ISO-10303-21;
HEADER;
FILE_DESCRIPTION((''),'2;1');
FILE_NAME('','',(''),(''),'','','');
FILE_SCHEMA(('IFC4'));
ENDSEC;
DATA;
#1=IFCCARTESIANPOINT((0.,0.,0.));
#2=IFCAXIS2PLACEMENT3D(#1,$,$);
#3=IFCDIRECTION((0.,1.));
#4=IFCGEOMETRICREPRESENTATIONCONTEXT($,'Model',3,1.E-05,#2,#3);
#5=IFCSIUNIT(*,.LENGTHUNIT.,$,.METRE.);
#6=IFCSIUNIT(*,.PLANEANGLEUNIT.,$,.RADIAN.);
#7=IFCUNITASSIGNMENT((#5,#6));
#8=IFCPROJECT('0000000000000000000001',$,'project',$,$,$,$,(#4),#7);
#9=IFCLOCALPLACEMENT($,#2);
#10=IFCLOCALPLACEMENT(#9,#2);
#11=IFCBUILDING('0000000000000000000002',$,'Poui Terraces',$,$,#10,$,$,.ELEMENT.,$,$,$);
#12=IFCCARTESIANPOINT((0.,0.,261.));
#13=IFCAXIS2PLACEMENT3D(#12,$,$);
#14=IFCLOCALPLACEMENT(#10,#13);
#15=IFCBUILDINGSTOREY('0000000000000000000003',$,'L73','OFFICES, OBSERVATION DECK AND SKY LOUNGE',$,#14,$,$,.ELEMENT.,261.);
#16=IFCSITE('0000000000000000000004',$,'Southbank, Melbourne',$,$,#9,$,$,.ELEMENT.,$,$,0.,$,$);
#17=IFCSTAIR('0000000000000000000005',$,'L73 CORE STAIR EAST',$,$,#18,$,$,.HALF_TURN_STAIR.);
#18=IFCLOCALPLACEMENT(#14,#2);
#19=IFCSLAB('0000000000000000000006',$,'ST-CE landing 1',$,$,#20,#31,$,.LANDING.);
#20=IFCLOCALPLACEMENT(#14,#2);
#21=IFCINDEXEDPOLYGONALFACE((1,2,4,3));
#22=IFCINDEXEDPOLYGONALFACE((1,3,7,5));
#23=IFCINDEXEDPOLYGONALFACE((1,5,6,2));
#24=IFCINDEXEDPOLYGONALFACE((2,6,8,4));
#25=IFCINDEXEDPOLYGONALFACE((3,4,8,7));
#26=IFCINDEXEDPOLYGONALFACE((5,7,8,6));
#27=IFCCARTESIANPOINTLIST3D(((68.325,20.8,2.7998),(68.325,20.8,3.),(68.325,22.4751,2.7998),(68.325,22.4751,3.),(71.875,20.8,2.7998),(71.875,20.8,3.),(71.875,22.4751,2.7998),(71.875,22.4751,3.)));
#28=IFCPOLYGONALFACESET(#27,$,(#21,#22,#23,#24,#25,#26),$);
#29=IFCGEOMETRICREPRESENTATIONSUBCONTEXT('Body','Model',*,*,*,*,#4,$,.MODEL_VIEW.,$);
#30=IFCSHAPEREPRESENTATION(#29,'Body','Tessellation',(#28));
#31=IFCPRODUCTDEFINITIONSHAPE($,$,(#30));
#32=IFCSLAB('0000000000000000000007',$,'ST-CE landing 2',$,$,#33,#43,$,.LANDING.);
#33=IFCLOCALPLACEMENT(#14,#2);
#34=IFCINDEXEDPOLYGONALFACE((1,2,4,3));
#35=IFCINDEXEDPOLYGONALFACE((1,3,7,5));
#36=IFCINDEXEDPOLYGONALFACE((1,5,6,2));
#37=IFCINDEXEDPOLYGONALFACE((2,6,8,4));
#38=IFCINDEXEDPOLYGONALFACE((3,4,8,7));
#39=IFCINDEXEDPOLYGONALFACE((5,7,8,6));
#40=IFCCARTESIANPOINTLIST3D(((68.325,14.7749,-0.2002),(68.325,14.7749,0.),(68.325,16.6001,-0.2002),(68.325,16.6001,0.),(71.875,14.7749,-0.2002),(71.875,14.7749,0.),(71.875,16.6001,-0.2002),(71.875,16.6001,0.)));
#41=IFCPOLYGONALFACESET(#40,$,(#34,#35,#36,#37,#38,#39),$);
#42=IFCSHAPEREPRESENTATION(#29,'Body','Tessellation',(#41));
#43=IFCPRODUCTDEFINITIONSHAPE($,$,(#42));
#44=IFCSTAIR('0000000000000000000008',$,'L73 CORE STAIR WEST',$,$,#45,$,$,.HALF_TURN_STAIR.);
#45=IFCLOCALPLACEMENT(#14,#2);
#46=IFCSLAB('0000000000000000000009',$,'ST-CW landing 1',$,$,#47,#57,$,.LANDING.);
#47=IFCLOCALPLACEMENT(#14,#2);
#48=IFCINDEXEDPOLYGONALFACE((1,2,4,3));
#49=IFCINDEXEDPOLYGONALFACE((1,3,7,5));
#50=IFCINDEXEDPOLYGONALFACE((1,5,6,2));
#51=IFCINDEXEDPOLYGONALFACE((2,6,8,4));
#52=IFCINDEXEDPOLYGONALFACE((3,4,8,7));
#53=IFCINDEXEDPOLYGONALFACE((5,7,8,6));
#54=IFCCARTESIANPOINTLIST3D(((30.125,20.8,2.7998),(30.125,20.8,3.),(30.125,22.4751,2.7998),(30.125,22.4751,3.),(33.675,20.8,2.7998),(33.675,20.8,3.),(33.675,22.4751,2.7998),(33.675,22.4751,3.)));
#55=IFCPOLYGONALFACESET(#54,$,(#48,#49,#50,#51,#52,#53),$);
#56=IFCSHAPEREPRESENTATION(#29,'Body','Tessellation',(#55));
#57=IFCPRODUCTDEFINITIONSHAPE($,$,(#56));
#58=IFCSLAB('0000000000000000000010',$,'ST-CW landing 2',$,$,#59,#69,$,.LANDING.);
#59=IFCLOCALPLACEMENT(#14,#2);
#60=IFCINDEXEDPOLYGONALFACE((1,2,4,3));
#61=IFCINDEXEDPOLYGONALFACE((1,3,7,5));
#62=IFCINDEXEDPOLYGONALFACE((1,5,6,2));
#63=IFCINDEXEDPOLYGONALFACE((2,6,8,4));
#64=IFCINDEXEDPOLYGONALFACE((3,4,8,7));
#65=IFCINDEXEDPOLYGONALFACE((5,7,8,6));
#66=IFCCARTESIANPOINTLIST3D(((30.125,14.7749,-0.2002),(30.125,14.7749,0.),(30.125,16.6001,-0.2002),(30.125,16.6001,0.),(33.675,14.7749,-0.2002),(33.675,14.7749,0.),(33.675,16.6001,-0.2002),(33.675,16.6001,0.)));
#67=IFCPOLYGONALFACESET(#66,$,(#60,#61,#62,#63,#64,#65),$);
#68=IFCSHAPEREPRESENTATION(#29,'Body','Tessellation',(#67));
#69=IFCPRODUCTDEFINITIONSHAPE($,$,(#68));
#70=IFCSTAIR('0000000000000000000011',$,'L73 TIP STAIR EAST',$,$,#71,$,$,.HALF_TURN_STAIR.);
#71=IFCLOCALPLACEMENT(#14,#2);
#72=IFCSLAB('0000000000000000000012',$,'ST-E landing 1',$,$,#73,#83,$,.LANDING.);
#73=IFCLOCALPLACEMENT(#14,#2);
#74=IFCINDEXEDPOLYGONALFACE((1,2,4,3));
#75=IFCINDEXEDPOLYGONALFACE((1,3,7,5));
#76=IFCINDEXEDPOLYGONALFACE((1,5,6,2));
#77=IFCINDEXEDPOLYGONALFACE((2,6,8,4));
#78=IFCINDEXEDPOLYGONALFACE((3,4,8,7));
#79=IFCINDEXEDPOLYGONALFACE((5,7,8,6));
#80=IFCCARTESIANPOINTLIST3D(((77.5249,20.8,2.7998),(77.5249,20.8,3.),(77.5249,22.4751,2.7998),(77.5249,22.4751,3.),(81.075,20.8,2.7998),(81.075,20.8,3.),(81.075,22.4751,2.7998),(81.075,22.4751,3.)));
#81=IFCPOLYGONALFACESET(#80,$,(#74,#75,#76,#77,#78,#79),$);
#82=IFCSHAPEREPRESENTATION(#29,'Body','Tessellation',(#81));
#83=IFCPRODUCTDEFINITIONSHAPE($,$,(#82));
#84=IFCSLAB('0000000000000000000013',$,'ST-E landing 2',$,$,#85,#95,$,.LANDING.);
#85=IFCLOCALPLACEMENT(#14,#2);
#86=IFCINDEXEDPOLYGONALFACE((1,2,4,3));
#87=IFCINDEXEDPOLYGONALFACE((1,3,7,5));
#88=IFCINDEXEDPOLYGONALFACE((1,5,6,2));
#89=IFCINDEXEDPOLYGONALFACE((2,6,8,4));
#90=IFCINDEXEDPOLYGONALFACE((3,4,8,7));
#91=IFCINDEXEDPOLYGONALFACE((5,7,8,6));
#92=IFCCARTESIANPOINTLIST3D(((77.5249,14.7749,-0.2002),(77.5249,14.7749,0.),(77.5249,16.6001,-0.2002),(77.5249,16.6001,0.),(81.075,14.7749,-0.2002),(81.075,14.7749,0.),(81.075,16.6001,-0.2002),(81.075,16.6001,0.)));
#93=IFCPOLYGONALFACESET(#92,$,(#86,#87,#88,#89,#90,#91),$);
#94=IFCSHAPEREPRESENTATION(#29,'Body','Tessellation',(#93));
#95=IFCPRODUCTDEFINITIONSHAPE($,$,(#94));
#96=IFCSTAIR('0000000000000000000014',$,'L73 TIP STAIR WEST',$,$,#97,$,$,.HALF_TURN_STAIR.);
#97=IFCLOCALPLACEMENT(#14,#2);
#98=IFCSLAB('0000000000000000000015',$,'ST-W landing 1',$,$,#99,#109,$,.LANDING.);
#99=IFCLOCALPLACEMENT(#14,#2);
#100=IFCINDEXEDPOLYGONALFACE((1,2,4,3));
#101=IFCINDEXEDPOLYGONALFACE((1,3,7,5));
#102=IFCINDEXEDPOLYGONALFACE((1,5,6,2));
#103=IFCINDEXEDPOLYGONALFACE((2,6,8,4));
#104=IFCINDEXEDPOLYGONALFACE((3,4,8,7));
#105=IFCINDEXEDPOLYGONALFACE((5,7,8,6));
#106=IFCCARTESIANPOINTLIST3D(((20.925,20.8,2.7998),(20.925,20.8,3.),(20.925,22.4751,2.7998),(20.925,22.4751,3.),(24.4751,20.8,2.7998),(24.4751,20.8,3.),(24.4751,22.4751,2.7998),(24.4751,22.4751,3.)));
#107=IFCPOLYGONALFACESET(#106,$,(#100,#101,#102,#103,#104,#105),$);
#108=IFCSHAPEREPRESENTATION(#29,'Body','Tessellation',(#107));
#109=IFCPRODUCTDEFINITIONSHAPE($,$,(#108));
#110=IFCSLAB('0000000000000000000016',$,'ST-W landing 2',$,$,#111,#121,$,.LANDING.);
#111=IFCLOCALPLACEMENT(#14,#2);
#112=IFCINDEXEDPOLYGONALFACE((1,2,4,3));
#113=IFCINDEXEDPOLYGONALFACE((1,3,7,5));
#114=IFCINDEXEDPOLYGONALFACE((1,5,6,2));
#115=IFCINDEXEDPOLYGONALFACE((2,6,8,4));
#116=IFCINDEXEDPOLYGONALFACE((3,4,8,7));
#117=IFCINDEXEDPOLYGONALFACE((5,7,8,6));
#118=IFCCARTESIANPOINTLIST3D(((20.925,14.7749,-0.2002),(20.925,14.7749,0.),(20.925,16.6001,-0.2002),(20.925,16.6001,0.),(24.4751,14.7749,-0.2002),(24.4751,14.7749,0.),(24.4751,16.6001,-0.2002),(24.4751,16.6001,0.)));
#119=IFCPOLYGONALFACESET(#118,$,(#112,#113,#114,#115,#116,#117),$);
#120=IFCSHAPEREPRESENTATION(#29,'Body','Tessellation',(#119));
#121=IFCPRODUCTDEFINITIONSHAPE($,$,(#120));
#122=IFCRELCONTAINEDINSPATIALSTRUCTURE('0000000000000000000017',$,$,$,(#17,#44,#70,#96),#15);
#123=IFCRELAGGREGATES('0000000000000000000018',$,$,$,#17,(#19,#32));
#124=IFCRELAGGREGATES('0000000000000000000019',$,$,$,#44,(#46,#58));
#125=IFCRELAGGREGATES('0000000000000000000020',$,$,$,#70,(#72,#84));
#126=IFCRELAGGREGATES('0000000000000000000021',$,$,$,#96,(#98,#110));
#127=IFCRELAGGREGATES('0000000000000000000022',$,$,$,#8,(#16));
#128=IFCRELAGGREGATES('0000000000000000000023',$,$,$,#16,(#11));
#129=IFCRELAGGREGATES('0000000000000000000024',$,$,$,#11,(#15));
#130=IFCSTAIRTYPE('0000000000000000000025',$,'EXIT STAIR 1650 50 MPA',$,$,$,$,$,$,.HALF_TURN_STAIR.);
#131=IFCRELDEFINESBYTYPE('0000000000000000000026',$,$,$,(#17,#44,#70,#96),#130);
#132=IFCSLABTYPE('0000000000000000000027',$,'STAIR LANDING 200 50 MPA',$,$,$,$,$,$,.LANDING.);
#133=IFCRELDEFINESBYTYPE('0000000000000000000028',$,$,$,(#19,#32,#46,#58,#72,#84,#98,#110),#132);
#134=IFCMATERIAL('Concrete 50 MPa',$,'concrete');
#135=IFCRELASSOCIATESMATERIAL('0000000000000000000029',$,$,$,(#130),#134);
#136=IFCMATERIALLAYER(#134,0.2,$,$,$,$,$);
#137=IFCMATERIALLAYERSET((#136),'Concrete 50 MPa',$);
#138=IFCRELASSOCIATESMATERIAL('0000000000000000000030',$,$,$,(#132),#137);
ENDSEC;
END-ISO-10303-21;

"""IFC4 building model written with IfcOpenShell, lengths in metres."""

from ifc_helpers import new_model, si_unit, direction, frame, origin, place, context, subcontext, project, spatial, polyline, outline, extrude, material, layer, layer_set, type_object, element, aggregate, save


model = new_model("IFC4")

# Units and contexts
model_context = context("Model", 3, precision=1e-05, world=origin(), true_north=direction((0.0, 1.0)))
body_context = subcontext(model_context, "Body", "Model", "MODEL_VIEW")
ifc_project = project(units=[si_unit("LENGTHUNIT", "METRE"), si_unit("PLANEANGLEUNIT", "RADIAN")], contexts=[model_context])

# Site, building, storey
site_placement = place(None, origin())
site = spatial("IfcSite", under=ifc_project, at=site_placement, Name="Southbank, Melbourne", CompositionType="ELEMENT", RefElevation=0.0)
building_placement = place(site_placement, origin())
building = spatial("IfcBuilding", under=site, at=building_placement, Name="Poui Terraces", CompositionType="ELEMENT")
storey_placement = place(building_placement, frame((0.0, 0.0, 261.0)))
storey = spatial("IfcBuildingStorey", under=building, at=storey_placement, Name="L73", Description="OFFICES, OBSERVATION DECK AND SKY LOUNGE", CompositionType="ELEMENT", Elevation=261.0)

# Stairs, slabs
ifc_material_1 = material(Name="Concrete 50 MPa", Category="concrete")
stair_type = type_object("IfcStairType", Name="EXIT STAIR 1650 50 MPA", PredefinedType="HALF_TURN_STAIR", material=ifc_material_1)
stair_1_placement = place(storey_placement, origin())
stair_1 = element("IfcStair", 1, at=stair_1_placement, inside=storey, type_object=stair_type, Name="L73 CORE STAIR EAST", PredefinedType="HALF_TURN_STAIR")
ifc_layer_1 = layer(ifc_material_1, 0.2)
ifc_layer_set_1 = layer_set([ifc_layer_1], Name="Concrete 50 MPa")
slab_type = type_object("IfcSlabType", Name="STAIR LANDING 200 50 MPA", PredefinedType="LANDING", material=ifc_layer_set_1)
slab_1_placement = place(storey_placement, frame((0.0, 0.0, 2.7998)))
slab_1 = element("IfcSlab", 2, at=slab_1_placement, type_object=slab_type, Name="ST-CE landing 1", PredefinedType="LANDING", context=body_context, shape_type="SweptSolid", body=[
    extrude(outline(polyline([(68.325, 20.8), (71.875, 20.8), (71.875, 22.4751), (68.325, 22.4751), (68.325, 20.8)])), origin(), (0.0, 0.0, 1.0), 0.2002),
])
slab_2_placement = place(storey_placement, frame((0.0, 0.0, -0.2002)))
slab_2 = element("IfcSlab", 3, at=slab_2_placement, type_object=slab_type, Name="ST-CE landing 2", PredefinedType="LANDING", context=body_context, shape_type="SweptSolid", body=[
    extrude(outline(polyline([(68.325, 14.7749), (71.875, 14.7749), (71.875, 16.6001), (68.325, 16.6001), (68.325, 14.7749)])), origin(), (0.0, 0.0, 1.0), 0.2002),
])
aggregate(stair_1, [slab_1, slab_2])
stair_2_placement = place(storey_placement, origin())
stair_2 = element("IfcStair", 4, at=stair_2_placement, inside=storey, type_object=stair_type, Name="L73 CORE STAIR WEST", PredefinedType="HALF_TURN_STAIR")
slab_3_placement = place(storey_placement, frame((0.0, 0.0, 2.7998)))
slab_3 = element("IfcSlab", 5, at=slab_3_placement, type_object=slab_type, Name="ST-CW landing 1", PredefinedType="LANDING", context=body_context, shape_type="SweptSolid", body=[
    extrude(outline(polyline([(30.125, 20.8), (33.675, 20.8), (33.675, 22.4751), (30.125, 22.4751), (30.125, 20.8)])), origin(), (0.0, 0.0, 1.0), 0.2002),
])
slab_4_placement = place(storey_placement, frame((0.0, 0.0, -0.2002)))
slab_4 = element("IfcSlab", 6, at=slab_4_placement, type_object=slab_type, Name="ST-CW landing 2", PredefinedType="LANDING", context=body_context, shape_type="SweptSolid", body=[
    extrude(outline(polyline([(30.125, 14.7749), (33.675, 14.7749), (33.675, 16.6001), (30.125, 16.6001), (30.125, 14.7749)])), origin(), (0.0, 0.0, 1.0), 0.2002),
])
aggregate(stair_2, [slab_3, slab_4])
stair_3_placement = place(storey_placement, origin())
stair_3 = element("IfcStair", 7, at=stair_3_placement, inside=storey, type_object=stair_type, Name="L73 TIP STAIR EAST", PredefinedType="HALF_TURN_STAIR")
slab_5_placement = place(storey_placement, frame((0.0, 0.0, 2.7998)))
slab_5 = element("IfcSlab", 8, at=slab_5_placement, type_object=slab_type, Name="ST-E landing 1", PredefinedType="LANDING", context=body_context, shape_type="SweptSolid", body=[
    extrude(outline(polyline([(77.5249, 20.8), (81.075, 20.8), (81.075, 22.4751), (77.5249, 22.4751), (77.5249, 20.8)])), origin(), (0.0, 0.0, 1.0), 0.2002),
])
slab_6_placement = place(storey_placement, frame((0.0, 0.0, -0.2002)))
slab_6 = element("IfcSlab", 9, at=slab_6_placement, type_object=slab_type, Name="ST-E landing 2", PredefinedType="LANDING", context=body_context, shape_type="SweptSolid", body=[
    extrude(outline(polyline([(77.5249, 14.7749), (81.075, 14.7749), (81.075, 16.6001), (77.5249, 16.6001), (77.5249, 14.7749)])), origin(), (0.0, 0.0, 1.0), 0.2002),
])
aggregate(stair_3, [slab_5, slab_6])
stair_4_placement = place(storey_placement, origin())
stair_4 = element("IfcStair", 10, at=stair_4_placement, inside=storey, type_object=stair_type, Name="L73 TIP STAIR WEST", PredefinedType="HALF_TURN_STAIR")
slab_7_placement = place(storey_placement, frame((0.0, 0.0, 2.7998)))
slab_7 = element("IfcSlab", 11, at=slab_7_placement, type_object=slab_type, Name="ST-W landing 1", PredefinedType="LANDING", context=body_context, shape_type="SweptSolid", body=[
    extrude(outline(polyline([(20.925, 20.8), (24.4751, 20.8), (24.4751, 22.4751), (20.925, 22.4751), (20.925, 20.8)])), origin(), (0.0, 0.0, 1.0), 0.2002),
])
slab_8_placement = place(storey_placement, frame((0.0, 0.0, -0.2002)))
slab_8 = element("IfcSlab", 12, at=slab_8_placement, type_object=slab_type, Name="ST-W landing 2", PredefinedType="LANDING", context=body_context, shape_type="SweptSolid", body=[
    extrude(outline(polyline([(20.925, 14.7749), (24.4751, 14.7749), (24.4751, 16.6001), (20.925, 16.6001), (20.925, 14.7749)])), origin(), (0.0, 0.0, 1.0), 0.2002),
])
aggregate(stair_4, [slab_7, slab_8])

save(model, "model.ifc")
